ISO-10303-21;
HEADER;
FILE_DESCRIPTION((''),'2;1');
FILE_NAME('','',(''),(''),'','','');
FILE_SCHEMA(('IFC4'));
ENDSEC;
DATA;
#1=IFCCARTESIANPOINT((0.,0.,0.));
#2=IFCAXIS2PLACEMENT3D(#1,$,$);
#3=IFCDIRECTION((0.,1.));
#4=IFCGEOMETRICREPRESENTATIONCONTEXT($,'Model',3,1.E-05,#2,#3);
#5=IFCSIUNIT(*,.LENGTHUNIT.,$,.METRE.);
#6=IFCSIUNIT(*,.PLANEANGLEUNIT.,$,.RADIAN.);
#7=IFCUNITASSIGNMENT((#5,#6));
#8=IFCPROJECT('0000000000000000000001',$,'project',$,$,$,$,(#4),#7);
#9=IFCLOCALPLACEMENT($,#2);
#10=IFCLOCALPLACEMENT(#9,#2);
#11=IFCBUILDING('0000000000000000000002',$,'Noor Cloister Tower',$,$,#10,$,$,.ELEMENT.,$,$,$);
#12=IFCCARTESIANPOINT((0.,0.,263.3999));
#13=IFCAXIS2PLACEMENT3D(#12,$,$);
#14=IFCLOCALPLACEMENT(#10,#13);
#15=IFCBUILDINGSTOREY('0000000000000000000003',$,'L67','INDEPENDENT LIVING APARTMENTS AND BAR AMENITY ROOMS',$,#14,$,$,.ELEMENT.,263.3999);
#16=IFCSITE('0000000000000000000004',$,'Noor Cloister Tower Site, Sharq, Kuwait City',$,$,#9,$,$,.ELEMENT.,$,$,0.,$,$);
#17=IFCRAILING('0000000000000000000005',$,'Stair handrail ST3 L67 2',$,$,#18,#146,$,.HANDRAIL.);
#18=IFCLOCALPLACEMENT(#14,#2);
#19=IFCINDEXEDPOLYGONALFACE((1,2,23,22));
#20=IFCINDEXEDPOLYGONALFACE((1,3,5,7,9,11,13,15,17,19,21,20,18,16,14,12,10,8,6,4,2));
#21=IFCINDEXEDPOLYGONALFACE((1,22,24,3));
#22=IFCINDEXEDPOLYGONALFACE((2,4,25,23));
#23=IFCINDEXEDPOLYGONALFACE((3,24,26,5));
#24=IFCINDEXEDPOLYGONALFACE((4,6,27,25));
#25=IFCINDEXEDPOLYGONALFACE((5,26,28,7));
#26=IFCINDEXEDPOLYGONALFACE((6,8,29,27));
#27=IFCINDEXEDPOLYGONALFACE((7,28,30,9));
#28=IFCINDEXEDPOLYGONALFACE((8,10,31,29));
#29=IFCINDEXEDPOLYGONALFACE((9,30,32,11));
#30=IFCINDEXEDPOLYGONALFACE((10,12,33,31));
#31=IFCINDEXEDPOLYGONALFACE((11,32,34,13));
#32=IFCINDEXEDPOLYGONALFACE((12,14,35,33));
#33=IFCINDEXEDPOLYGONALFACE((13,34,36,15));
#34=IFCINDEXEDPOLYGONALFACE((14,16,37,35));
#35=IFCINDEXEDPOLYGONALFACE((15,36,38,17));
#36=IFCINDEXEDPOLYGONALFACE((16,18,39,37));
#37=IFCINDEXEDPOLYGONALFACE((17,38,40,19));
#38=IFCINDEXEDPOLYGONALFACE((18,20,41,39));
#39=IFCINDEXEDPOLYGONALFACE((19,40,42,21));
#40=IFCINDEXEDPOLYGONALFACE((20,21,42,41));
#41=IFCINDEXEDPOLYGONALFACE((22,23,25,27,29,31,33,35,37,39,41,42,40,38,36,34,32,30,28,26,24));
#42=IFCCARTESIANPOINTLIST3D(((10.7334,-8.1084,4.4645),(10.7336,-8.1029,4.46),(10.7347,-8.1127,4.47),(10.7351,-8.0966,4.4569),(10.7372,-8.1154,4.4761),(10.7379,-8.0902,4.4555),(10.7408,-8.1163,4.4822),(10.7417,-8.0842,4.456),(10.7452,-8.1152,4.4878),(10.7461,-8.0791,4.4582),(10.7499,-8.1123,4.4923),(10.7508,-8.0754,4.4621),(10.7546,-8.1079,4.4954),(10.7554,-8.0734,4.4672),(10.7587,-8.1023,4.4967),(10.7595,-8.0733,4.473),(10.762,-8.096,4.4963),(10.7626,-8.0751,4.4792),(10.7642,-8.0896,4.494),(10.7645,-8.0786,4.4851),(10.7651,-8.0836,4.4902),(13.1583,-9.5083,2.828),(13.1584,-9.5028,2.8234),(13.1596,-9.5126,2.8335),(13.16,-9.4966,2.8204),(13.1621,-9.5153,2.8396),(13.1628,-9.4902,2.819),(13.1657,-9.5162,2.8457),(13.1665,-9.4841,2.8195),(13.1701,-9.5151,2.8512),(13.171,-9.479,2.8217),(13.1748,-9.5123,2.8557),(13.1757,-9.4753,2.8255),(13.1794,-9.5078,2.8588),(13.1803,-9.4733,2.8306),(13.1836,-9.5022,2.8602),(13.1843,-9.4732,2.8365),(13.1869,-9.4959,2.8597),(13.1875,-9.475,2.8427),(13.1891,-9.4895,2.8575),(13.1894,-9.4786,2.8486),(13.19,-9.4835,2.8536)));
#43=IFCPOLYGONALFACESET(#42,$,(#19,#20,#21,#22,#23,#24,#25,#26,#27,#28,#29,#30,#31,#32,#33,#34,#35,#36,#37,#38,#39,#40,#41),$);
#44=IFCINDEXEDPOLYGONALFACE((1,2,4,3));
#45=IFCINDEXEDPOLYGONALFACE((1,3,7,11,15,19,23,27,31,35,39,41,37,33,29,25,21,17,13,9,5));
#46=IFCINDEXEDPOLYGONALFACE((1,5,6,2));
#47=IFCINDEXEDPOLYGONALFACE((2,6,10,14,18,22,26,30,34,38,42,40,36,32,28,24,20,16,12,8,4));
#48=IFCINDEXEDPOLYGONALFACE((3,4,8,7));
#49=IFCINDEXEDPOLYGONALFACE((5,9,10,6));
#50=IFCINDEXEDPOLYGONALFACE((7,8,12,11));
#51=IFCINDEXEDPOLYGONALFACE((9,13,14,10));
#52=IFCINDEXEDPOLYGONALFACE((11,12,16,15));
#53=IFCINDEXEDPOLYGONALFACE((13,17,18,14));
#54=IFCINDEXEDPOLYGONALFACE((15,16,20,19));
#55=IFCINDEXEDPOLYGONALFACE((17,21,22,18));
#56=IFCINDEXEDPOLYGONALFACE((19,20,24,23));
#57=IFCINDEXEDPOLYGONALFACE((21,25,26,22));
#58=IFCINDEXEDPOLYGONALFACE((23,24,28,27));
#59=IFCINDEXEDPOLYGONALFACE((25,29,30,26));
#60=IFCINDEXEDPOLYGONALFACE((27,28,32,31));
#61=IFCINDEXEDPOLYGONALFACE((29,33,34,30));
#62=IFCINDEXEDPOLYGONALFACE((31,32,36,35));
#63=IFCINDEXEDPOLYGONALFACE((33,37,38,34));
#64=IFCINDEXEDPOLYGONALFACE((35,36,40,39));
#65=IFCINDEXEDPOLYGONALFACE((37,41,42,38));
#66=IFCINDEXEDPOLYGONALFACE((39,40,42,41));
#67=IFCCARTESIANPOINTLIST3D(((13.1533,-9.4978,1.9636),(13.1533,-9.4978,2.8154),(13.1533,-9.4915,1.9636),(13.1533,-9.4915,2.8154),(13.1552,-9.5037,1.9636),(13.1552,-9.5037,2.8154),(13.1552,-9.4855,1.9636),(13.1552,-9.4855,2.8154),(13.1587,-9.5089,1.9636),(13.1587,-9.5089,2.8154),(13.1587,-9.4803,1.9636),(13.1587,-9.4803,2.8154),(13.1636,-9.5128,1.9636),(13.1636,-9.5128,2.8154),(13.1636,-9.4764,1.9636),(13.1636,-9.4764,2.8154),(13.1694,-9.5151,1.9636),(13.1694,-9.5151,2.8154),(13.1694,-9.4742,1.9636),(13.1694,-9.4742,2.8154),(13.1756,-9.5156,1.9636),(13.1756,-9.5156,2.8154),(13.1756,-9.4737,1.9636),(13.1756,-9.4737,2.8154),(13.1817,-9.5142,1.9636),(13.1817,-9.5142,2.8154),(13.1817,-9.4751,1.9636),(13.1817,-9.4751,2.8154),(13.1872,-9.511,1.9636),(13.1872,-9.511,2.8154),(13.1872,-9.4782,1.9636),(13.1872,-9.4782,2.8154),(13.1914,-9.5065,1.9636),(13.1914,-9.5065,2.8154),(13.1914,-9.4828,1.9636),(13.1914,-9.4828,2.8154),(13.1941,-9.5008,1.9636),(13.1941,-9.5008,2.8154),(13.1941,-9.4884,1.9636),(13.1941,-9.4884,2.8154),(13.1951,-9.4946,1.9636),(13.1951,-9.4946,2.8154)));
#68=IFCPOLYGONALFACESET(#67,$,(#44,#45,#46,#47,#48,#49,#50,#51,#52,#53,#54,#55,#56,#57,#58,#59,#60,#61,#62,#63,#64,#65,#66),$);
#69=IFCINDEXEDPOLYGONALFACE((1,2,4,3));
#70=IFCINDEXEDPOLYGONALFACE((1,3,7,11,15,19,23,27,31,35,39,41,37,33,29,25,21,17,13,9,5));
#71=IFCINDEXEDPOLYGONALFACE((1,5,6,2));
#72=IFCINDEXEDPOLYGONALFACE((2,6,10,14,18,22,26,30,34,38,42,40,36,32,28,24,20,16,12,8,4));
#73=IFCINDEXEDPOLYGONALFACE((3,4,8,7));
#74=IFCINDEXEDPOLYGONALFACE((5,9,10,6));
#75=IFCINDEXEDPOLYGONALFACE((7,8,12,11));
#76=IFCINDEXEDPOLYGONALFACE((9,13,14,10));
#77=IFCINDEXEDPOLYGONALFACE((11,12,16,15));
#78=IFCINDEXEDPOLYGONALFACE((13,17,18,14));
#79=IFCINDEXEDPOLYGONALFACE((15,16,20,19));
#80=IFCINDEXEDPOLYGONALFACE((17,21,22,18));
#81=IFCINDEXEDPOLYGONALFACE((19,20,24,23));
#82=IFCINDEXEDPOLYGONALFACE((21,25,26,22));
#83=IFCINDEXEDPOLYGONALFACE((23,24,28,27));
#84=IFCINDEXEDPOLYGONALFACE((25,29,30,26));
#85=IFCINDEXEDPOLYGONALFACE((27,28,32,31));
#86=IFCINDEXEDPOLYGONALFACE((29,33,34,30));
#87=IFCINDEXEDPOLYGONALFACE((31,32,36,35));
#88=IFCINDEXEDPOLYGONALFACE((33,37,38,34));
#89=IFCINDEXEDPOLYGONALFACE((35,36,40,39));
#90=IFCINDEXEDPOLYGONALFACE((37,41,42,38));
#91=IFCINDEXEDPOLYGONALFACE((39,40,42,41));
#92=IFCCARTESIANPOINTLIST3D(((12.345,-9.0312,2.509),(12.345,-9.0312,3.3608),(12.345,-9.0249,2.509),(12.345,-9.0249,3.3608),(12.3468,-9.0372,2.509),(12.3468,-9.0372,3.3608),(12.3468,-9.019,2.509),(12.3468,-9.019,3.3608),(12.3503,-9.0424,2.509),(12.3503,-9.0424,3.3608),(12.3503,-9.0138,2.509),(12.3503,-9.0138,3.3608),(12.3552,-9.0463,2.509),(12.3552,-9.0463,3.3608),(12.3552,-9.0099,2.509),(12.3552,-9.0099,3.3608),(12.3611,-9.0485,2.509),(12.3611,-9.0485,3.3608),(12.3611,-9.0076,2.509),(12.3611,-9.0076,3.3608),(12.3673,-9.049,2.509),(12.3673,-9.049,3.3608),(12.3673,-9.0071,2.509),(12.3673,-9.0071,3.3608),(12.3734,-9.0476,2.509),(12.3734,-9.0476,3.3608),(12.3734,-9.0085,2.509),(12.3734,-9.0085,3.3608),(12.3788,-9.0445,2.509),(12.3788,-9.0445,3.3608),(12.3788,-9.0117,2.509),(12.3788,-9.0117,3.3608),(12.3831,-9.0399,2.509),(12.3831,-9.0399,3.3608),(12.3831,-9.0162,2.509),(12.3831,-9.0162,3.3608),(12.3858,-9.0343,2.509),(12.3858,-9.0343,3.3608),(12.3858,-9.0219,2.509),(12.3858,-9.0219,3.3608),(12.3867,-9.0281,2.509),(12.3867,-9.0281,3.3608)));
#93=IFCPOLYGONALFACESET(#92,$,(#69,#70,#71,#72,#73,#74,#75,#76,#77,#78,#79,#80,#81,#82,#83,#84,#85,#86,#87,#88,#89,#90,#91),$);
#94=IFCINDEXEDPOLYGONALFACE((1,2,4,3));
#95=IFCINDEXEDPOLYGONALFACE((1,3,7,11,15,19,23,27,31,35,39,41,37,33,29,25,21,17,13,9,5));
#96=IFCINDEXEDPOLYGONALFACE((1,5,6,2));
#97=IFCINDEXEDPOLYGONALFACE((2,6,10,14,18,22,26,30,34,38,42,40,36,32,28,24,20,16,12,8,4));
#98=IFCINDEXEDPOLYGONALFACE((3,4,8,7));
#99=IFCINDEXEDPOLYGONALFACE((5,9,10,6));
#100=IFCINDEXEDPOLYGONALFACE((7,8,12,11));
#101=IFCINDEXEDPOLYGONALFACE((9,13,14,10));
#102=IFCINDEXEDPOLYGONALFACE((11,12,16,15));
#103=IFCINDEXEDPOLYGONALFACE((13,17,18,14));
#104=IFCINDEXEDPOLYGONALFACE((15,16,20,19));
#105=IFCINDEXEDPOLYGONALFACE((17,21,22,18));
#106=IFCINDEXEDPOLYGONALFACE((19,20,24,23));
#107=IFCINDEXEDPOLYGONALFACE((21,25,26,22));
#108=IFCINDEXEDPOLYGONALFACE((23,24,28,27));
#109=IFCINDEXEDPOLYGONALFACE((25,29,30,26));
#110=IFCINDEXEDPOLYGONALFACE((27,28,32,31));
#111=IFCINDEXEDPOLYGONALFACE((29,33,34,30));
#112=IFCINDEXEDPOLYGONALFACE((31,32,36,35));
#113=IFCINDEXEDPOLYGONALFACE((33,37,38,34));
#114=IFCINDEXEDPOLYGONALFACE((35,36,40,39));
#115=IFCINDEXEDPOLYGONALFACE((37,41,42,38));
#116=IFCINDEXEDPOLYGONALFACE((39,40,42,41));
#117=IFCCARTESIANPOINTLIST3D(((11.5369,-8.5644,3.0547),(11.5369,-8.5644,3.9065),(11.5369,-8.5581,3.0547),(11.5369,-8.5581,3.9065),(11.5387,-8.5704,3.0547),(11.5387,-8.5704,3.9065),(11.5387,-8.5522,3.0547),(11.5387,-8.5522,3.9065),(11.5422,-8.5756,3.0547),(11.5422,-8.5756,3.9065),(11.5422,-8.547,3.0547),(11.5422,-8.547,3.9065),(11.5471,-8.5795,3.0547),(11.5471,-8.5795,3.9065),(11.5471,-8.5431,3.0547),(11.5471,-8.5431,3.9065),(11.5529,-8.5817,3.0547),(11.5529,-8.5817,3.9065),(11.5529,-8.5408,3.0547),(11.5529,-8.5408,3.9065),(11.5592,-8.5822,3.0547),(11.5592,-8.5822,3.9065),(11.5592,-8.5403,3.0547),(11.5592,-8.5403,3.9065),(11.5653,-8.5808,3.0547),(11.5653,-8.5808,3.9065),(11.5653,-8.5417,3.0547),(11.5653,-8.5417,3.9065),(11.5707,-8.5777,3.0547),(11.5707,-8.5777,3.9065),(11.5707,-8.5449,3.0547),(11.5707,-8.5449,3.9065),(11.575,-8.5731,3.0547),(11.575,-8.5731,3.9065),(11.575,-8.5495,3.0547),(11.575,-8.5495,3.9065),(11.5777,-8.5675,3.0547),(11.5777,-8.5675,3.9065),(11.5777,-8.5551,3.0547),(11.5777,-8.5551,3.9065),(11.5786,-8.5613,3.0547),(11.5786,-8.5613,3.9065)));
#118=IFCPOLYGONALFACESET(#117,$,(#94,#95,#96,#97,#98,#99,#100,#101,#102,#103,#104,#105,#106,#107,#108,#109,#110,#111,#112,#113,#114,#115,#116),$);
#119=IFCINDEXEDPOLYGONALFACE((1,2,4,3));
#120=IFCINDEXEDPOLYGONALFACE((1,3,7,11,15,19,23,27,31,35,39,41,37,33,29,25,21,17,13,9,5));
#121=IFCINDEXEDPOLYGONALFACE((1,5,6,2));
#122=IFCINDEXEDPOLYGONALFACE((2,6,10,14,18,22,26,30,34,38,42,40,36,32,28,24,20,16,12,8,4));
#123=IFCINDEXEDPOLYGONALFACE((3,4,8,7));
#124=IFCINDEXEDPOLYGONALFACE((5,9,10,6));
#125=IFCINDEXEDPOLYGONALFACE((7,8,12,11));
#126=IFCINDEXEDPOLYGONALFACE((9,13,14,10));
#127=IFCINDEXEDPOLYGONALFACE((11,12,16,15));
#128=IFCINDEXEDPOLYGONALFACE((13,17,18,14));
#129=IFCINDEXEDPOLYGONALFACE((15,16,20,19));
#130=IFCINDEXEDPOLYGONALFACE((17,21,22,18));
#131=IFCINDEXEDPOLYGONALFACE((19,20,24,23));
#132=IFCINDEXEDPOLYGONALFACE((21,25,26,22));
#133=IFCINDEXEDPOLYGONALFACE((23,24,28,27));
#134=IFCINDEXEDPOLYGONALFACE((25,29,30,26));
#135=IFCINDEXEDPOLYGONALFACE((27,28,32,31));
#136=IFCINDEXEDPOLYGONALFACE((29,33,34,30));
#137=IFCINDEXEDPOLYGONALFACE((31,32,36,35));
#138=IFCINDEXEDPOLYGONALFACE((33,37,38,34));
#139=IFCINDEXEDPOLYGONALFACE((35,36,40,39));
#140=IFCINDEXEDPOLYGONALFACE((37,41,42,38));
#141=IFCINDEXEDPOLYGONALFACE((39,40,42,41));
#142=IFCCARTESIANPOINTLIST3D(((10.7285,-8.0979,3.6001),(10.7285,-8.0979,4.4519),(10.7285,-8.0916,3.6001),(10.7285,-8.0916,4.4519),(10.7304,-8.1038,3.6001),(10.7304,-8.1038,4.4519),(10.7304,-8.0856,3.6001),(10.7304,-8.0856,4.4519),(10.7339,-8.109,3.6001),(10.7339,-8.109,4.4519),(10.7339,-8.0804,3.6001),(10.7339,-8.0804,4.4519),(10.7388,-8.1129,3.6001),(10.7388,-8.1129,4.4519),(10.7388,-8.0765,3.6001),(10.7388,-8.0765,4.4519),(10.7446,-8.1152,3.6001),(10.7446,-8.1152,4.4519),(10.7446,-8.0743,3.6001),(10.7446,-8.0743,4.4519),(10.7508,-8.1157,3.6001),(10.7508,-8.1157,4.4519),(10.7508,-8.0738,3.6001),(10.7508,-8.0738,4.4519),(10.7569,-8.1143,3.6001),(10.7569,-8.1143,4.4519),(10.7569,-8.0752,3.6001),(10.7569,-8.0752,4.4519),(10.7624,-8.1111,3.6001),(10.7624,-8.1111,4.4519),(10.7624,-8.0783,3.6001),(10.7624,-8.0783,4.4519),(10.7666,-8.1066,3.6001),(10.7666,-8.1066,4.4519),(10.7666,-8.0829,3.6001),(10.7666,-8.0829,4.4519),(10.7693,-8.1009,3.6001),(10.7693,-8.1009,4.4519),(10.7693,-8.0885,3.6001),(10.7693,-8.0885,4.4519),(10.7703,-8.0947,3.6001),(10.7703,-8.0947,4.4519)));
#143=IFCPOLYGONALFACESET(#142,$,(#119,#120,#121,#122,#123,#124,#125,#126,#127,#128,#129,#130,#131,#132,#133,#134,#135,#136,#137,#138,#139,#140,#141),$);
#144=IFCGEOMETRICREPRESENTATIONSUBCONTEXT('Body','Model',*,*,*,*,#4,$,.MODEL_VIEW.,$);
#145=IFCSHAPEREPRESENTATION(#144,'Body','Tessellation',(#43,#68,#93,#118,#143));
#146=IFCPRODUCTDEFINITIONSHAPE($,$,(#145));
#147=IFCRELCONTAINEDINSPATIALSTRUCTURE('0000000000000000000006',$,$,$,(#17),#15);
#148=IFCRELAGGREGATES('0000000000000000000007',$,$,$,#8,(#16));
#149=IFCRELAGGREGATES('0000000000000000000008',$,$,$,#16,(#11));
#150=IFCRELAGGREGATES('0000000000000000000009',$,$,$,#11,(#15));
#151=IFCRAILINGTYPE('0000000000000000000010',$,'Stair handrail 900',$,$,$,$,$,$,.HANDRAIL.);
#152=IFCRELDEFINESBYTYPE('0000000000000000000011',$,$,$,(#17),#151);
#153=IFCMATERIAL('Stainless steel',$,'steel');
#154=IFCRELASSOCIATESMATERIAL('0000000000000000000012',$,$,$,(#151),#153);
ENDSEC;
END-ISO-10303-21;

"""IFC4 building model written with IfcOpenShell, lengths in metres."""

from ifc_helpers import new_model, si_unit, direction, frame, origin, origin_2d, place, context, subcontext, project, spatial, circle, extrude, material, type_object, element, save


model = new_model("IFC4")

# Units and contexts
model_context = context("Model", 3, precision=1e-05, world=origin(), true_north=direction((0.0, 1.0)))
body_context = subcontext(model_context, "Body", "Model", "MODEL_VIEW")
ifc_project = project(units=[si_unit("LENGTHUNIT", "METRE"), si_unit("PLANEANGLEUNIT", "RADIAN")], contexts=[model_context])

# Site, building, storey
site_placement = place(None, origin())
site = spatial("IfcSite", under=ifc_project, at=site_placement, Name="Noor Cloister Tower Site, Sharq, Kuwait City", CompositionType="ELEMENT", RefElevation=0.0)
building_placement = place(site_placement, origin())
building = spatial("IfcBuilding", under=site, at=building_placement, Name="Noor Cloister Tower", CompositionType="ELEMENT")
storey_placement = place(building_placement, frame((0.0, 0.0, 263.3999)))
storey = spatial("IfcBuildingStorey", under=building, at=storey_placement, Name="L67", Description="INDEPENDENT LIVING APARTMENTS AND BAR AMENITY ROOMS", CompositionType="ELEMENT", Elevation=263.3999)

# Railing
ifc_material_1 = material(Name="Stainless steel", Category="steel")
railing_type_1 = type_object("IfcRailingType", Name="Stair handrail 900", PredefinedType="HANDRAIL", material=ifc_material_1)
railing_1_placement = place(storey_placement, frame((13.1741, -9.4946, 1.9636)))
element("IfcRailing", 1, at=railing_1_placement, inside=storey, type_object=railing_type_1, Name="Stair handrail ST3 L67 2", PredefinedType="HANDRAIL", context=body_context, shape_type="SweptSolid", body=[
    extrude(circle(Radius=0.0239, at=origin_2d()), frame((0.0, 0.0, 0.876), z_axis=(-0.74769, 0.431661, 0.504608), x_axis=(-0.499984, -0.866035, 0.0)), (0.0, 0.0, 1.0), 3.2432),
    extrude(circle(Radius=0.021, at=origin_2d()), origin(), (0.0, 0.0, 1.0), 0.8518),
    extrude(circle(Radius=0.021, at=origin_2d()), frame((-0.8083, 0.4666, 0.5454)), (0.0, 0.0, 1.0), 0.8518),
    extrude(circle(Radius=0.021, at=origin_2d()), frame((-1.6165, 0.9333, 1.0911)), (0.0, 0.0, 1.0), 0.8518),
    extrude(circle(Radius=0.021, at=origin_2d()), frame((-2.4248, 1.3999, 1.6365)), (0.0, 0.0, 1.0), 0.8518),
])

save(model, "model.ifc")
